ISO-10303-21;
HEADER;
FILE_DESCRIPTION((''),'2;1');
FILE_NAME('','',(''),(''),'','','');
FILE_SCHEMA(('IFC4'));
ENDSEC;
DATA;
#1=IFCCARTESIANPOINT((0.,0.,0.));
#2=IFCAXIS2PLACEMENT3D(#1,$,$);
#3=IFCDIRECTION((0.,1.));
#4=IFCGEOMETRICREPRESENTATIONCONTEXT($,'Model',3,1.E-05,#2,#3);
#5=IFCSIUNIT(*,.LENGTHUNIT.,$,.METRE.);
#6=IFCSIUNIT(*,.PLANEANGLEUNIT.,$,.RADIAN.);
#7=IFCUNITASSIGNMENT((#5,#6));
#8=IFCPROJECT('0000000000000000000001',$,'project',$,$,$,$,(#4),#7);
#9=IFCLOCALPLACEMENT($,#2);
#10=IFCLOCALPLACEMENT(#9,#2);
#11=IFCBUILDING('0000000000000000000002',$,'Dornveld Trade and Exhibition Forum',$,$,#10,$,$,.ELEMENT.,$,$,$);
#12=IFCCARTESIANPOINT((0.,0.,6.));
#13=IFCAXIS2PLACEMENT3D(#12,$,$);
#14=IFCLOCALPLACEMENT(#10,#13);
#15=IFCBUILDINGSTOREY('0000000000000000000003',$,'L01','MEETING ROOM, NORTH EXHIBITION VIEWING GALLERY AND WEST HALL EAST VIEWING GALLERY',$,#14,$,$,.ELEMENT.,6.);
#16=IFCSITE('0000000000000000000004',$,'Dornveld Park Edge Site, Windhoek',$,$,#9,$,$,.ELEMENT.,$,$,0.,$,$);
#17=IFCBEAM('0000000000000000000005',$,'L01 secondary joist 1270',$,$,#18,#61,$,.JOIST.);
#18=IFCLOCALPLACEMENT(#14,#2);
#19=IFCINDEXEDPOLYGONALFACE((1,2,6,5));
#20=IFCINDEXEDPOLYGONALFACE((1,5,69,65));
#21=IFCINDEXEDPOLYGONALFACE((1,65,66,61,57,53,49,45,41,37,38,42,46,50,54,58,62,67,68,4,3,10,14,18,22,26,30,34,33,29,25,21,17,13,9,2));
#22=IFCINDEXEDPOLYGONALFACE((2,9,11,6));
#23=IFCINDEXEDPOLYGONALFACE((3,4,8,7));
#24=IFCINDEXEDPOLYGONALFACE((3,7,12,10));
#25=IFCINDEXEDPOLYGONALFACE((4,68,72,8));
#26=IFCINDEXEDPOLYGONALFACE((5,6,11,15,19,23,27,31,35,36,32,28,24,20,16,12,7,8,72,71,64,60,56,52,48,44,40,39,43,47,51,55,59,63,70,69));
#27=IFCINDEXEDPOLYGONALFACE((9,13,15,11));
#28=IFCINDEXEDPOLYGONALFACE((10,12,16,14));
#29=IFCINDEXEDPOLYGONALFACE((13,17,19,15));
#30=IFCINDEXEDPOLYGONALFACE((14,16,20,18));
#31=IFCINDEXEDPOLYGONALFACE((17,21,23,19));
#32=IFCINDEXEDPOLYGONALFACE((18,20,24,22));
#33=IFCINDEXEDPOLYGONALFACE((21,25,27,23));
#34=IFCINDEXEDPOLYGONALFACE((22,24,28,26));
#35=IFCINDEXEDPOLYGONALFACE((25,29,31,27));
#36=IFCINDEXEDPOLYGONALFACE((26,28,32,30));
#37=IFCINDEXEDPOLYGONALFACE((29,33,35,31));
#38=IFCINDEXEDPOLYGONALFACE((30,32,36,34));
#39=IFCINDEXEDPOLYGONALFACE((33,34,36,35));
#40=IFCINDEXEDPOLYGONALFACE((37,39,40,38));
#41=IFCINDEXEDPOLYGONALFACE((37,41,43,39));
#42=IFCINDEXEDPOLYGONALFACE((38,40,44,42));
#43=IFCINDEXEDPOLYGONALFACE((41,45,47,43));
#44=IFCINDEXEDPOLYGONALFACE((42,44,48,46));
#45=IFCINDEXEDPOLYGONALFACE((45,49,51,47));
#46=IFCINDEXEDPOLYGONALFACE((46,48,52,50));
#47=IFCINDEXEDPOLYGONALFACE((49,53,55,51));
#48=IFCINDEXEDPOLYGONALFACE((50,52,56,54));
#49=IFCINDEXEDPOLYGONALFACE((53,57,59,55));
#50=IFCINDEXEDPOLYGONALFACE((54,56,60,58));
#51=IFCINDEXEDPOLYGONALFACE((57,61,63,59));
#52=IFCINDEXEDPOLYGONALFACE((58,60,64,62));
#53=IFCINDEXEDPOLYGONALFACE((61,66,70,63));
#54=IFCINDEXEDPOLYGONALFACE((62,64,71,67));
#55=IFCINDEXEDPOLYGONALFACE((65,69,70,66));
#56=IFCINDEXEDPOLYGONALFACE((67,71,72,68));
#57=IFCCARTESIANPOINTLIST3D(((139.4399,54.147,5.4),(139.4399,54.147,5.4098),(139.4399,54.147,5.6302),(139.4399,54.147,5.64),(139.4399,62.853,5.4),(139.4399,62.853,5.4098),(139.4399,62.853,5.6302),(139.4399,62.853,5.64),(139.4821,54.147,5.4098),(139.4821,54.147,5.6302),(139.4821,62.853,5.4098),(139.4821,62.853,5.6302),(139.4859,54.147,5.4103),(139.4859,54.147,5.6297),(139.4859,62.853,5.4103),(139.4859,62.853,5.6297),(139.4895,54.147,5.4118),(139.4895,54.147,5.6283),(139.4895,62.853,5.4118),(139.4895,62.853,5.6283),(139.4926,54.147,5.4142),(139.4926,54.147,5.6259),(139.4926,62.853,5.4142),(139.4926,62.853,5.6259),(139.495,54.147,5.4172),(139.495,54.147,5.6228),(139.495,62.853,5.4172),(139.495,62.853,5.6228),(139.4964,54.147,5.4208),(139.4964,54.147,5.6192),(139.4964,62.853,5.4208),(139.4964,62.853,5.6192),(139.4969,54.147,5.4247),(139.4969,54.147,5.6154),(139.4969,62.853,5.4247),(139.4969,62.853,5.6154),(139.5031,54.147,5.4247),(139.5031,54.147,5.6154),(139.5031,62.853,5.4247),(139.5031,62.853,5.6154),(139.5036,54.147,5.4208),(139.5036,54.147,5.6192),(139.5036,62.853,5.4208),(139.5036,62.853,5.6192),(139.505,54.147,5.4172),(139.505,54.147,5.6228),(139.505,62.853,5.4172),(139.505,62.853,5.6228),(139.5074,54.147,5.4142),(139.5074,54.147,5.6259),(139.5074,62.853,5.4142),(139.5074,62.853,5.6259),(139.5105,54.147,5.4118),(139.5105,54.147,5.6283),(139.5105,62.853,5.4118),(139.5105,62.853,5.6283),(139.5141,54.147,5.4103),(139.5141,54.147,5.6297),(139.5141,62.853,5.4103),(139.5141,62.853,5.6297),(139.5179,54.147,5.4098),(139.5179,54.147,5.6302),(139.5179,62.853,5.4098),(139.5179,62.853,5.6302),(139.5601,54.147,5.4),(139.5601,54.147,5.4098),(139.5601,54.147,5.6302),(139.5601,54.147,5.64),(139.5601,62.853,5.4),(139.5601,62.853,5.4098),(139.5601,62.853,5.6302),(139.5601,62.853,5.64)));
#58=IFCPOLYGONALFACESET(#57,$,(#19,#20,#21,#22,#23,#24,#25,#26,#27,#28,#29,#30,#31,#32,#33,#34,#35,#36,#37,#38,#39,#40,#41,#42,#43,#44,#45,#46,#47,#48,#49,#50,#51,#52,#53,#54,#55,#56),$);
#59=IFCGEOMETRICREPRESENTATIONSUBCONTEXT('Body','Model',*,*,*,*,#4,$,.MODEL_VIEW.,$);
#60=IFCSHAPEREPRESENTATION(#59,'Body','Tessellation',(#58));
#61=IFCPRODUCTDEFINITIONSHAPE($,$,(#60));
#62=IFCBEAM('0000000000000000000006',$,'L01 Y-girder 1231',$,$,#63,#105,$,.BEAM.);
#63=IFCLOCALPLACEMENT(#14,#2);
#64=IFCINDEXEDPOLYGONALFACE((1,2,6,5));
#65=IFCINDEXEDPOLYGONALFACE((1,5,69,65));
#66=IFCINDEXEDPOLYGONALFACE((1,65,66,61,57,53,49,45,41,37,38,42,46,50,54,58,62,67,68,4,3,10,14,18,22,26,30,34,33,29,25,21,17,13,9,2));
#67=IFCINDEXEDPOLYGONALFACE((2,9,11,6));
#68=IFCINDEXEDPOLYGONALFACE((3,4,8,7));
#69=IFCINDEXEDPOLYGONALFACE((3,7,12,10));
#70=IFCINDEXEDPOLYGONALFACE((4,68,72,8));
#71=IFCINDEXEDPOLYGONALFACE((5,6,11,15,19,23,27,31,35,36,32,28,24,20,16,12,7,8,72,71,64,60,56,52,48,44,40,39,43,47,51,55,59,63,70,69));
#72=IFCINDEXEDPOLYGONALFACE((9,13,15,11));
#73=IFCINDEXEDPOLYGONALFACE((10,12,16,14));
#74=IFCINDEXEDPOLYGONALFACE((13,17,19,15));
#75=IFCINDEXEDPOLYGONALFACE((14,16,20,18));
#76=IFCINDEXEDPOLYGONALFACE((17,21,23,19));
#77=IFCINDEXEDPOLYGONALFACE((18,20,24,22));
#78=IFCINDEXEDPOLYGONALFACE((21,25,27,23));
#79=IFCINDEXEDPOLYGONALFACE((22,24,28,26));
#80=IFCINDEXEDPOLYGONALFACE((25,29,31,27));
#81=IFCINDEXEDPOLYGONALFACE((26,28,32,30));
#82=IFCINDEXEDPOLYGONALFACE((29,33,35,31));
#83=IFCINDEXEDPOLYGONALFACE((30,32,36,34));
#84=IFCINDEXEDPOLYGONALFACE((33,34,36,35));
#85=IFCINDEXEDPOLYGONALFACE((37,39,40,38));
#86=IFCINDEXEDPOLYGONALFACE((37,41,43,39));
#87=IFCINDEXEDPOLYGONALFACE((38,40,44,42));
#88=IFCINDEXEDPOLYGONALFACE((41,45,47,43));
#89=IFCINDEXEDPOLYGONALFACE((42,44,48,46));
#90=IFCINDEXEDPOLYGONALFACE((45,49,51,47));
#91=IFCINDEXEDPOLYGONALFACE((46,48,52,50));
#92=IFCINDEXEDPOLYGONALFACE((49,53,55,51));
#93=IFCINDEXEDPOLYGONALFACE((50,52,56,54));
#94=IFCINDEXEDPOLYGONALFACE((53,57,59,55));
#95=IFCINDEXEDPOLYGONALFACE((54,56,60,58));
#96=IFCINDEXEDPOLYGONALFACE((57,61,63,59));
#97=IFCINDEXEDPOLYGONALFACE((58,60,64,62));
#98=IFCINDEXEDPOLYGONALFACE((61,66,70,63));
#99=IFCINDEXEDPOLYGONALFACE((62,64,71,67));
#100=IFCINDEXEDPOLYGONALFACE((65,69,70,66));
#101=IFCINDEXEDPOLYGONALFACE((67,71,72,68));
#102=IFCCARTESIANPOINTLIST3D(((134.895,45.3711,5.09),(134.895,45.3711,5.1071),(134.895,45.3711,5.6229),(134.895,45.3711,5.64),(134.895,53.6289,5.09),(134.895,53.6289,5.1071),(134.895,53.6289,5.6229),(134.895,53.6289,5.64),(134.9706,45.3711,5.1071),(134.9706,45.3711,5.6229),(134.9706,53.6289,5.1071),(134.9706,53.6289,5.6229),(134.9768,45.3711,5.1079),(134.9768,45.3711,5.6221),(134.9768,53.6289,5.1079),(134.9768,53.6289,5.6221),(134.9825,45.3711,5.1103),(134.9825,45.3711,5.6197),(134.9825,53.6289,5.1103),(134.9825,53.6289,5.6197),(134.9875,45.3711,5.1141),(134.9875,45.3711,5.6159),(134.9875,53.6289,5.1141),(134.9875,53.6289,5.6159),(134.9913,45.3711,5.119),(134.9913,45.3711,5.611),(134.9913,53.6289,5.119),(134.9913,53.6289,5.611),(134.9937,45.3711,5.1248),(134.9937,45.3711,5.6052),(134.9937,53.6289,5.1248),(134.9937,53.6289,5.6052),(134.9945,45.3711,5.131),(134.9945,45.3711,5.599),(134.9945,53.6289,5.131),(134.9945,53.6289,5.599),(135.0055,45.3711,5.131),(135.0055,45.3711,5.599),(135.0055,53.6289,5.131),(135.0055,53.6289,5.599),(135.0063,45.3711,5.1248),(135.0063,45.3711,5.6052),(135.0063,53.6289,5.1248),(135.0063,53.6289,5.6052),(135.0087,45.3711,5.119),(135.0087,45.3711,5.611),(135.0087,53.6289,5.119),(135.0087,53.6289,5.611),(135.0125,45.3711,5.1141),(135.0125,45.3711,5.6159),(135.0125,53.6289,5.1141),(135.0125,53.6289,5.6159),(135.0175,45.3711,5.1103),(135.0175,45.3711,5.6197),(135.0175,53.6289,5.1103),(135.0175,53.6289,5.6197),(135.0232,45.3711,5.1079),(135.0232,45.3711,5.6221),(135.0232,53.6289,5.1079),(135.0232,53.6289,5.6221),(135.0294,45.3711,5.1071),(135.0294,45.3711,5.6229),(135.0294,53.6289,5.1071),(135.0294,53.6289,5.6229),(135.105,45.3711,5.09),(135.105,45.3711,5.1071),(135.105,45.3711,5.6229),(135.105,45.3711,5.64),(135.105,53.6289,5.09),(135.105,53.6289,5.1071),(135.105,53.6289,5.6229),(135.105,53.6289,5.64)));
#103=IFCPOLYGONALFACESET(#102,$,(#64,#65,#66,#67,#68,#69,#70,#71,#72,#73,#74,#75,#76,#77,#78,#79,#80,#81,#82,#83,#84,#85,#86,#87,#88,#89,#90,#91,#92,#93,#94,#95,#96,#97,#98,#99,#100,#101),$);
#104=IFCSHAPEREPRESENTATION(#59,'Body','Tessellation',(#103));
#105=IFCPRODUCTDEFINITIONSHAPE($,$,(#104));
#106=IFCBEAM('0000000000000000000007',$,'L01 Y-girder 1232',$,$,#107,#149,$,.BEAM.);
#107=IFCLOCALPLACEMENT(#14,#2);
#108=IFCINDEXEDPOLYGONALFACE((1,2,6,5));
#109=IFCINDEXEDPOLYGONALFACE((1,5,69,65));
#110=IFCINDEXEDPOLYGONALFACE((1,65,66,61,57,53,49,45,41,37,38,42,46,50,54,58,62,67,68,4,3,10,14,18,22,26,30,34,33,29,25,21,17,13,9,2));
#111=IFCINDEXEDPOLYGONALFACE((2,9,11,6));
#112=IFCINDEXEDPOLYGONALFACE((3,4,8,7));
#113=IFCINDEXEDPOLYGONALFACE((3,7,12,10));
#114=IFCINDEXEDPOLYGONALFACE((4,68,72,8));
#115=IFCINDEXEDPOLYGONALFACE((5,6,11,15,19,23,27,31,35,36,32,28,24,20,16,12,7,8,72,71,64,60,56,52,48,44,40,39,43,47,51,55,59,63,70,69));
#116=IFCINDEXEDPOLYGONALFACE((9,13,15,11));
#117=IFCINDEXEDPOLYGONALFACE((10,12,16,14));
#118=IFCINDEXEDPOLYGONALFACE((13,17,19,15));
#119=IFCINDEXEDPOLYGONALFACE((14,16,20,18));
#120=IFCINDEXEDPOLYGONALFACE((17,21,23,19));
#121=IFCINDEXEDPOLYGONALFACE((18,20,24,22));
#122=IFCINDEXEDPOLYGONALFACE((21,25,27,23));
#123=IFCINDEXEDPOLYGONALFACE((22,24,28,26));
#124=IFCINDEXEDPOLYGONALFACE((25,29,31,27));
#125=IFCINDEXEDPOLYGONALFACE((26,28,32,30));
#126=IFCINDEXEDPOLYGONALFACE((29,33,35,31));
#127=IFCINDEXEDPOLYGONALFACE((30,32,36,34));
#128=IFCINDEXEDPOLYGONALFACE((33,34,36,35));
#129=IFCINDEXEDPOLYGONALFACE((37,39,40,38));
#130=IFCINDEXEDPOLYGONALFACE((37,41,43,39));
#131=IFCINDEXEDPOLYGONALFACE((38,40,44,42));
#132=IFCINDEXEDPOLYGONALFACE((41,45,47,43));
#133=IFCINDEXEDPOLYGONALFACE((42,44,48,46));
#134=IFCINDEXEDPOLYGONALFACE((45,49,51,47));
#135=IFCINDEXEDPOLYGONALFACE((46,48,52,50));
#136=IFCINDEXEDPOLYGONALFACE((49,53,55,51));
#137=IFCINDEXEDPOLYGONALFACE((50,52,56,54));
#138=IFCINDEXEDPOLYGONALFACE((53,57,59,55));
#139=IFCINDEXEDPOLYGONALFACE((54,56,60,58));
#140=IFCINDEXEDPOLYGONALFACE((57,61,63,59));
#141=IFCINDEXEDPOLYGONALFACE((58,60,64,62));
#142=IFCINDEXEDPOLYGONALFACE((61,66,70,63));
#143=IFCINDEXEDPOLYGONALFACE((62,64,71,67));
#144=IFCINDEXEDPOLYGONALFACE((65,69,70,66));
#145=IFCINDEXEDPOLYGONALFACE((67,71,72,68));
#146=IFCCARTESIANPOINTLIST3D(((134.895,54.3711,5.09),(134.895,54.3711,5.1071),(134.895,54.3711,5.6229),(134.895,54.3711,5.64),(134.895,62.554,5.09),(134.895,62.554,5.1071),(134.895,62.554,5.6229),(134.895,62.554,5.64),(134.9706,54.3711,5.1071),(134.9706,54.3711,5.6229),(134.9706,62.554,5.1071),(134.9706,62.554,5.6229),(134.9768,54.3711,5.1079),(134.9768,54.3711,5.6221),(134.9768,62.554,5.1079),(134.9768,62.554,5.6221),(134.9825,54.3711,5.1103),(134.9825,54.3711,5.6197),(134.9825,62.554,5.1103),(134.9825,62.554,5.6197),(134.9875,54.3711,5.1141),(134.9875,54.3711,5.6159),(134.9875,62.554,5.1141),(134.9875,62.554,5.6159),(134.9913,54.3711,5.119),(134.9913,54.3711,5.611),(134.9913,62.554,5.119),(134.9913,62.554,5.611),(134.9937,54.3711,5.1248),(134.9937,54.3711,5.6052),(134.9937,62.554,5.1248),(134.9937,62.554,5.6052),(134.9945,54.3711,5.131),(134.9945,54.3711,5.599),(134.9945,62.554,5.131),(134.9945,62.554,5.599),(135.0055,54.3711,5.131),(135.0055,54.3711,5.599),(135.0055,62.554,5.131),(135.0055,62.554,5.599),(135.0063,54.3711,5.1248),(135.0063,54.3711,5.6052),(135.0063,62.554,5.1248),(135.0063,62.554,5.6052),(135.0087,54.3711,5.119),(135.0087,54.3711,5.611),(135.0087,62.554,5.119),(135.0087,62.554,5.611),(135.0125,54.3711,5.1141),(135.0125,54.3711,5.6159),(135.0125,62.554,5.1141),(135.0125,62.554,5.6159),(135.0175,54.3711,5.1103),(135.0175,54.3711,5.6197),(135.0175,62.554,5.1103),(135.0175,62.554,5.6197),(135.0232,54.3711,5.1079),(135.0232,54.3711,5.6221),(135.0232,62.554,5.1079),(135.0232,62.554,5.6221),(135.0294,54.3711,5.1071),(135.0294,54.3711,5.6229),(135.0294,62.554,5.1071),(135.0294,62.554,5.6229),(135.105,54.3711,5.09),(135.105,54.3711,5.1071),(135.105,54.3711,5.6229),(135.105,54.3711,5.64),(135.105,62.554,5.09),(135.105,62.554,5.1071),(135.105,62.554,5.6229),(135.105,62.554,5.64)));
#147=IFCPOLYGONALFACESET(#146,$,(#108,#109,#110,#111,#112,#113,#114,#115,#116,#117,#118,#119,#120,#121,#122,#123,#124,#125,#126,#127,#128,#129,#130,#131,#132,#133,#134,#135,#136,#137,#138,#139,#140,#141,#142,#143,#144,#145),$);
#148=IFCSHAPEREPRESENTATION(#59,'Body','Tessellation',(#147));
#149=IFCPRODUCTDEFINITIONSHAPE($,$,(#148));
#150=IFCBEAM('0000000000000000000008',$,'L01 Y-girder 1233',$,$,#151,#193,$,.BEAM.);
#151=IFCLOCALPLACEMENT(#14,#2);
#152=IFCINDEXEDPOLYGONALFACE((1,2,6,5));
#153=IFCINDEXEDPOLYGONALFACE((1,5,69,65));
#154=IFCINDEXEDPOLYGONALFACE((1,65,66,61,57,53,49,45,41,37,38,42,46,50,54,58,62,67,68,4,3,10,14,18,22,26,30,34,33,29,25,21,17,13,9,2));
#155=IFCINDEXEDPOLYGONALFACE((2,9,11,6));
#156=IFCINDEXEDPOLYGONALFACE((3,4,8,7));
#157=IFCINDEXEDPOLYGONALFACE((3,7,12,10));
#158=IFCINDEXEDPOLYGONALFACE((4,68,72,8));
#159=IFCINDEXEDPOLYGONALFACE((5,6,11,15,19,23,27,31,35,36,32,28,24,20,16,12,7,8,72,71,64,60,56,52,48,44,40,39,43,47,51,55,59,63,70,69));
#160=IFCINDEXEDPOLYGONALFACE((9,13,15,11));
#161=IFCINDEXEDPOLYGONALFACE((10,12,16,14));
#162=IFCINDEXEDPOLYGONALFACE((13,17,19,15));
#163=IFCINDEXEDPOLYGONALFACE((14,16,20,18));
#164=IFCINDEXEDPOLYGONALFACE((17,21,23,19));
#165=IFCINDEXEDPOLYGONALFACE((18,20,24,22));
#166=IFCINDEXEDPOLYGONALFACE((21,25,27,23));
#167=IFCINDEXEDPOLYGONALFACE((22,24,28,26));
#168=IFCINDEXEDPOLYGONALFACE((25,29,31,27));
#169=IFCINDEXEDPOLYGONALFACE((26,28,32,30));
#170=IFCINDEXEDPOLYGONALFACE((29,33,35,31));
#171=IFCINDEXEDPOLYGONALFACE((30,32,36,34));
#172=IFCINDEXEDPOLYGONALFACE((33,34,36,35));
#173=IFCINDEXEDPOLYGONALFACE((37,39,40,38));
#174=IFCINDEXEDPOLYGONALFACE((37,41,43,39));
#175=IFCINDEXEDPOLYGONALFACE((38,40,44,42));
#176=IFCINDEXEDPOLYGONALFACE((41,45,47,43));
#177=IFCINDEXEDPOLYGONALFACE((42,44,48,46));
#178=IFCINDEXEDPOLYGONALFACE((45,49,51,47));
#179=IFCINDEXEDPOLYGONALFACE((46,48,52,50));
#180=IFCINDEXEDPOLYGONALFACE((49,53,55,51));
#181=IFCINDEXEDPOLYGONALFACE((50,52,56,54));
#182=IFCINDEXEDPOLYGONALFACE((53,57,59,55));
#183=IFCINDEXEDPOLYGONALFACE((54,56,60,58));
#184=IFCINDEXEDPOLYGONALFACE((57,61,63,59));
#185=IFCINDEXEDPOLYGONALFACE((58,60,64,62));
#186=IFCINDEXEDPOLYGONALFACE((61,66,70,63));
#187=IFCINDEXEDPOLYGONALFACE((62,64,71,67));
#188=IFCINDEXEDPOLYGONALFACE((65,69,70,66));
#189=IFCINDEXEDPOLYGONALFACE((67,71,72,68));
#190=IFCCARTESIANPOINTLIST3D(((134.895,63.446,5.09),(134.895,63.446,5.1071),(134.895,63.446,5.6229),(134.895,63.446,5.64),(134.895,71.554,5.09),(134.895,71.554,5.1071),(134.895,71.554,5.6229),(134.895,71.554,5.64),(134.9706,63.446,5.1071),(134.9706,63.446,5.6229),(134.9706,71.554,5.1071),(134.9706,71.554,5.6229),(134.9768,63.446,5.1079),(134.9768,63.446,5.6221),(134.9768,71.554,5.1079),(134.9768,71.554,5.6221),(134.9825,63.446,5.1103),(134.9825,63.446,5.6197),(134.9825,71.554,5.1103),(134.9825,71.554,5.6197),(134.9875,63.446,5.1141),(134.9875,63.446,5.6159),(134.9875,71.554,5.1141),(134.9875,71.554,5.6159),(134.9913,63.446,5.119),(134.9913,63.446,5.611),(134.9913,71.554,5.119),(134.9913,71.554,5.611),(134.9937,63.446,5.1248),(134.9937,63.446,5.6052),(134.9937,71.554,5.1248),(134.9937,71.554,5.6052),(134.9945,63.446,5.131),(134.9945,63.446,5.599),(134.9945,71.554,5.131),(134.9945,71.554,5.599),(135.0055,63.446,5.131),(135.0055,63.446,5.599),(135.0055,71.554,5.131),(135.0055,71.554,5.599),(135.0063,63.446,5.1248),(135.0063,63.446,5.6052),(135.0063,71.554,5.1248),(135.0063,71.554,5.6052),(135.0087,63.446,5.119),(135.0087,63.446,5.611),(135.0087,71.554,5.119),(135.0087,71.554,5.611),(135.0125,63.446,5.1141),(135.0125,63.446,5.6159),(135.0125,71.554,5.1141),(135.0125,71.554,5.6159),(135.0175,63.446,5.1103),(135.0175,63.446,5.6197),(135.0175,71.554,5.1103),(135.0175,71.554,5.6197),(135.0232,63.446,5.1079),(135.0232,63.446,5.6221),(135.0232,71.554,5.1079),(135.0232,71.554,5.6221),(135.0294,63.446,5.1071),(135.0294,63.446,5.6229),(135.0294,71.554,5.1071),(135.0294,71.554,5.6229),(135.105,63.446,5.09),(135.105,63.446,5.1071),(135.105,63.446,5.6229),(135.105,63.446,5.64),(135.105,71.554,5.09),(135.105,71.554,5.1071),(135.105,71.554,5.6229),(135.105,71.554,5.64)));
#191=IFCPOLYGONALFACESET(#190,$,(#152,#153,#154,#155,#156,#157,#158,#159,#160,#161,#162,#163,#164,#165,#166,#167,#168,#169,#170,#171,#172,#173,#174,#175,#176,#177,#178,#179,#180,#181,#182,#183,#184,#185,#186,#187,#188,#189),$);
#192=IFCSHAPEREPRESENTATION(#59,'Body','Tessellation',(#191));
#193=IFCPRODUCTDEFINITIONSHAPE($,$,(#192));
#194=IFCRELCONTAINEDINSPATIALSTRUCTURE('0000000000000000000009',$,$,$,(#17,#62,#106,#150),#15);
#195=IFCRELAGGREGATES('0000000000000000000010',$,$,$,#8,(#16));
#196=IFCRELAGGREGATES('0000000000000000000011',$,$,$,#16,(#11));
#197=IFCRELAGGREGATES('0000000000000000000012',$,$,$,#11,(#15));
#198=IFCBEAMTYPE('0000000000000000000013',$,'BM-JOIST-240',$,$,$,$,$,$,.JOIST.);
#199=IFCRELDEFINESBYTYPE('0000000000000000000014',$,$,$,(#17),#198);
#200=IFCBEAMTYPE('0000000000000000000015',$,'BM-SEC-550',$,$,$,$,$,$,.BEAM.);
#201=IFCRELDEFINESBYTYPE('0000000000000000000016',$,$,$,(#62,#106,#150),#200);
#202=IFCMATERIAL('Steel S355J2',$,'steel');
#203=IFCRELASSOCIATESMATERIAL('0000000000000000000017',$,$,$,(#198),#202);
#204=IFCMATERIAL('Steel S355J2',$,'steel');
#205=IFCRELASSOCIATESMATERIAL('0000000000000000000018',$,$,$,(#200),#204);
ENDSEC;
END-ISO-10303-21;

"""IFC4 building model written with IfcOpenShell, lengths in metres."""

from ifc_helpers import new_model, si_unit, direction, frame, origin, origin_2d, place, context, subcontext, project, spatial, i_section, extrude, material, material_profile, profile_set, type_object, element, save


model = new_model("IFC4")

# Units and contexts
model_context = context("Model", 3, precision=1e-05, world=origin(), true_north=direction((0.0, 1.0)))
body_context = subcontext(model_context, "Body", "Model", "MODEL_VIEW")
ifc_project = project(units=[si_unit("LENGTHUNIT", "METRE"), si_unit("PLANEANGLEUNIT", "RADIAN")], contexts=[model_context])

# Site, building, storey
site_placement = place(None, origin())
site = spatial("IfcSite", under=ifc_project, at=site_placement, Name="Dornveld Park Edge Site, Windhoek", CompositionType="ELEMENT", RefElevation=0.0)
building_placement = place(site_placement, origin())
building = spatial("IfcBuilding", under=site, at=building_placement, Name="Dornveld Trade and Exhibition Forum", CompositionType="ELEMENT")
storey_placement = place(building_placement, frame((0.0, 0.0, 6.0)))
storey = spatial("IfcBuildingStorey", under=building, at=storey_placement, Name="L01", Description="MEETING ROOM, NORTH EXHIBITION VIEWING GALLERY AND WEST HALL EAST VIEWING GALLERY", CompositionType="ELEMENT", Elevation=6.0)

# Beams
ifc_material_1 = material(Name="Steel S355J2", Category="steel")
ifc_material_profile_1 = material_profile(ifc_material_1, i_section(OverallWidth=0.1201, OverallDepth=0.24, WebThickness=0.0061, FlangeThickness=0.0098, FilletRadius=0.0149, at=origin_2d()), Name="IPE 240")
ifc_profile_set_1 = profile_set([ifc_material_profile_1], Name="Steel S355J2")
beam_type_1 = type_object("IfcBeamType", Name="BM-JOIST-240", PredefinedType="JOIST", material=ifc_profile_set_1)
for number, where, z_axis, x_axis, name in (
    (1, (139.5, 54.147, 5.52), (0.0, 1.0, 0.0), (-1.0, 0.0, 0.0), "L01 secondary joist 1270"),
):
    element("IfcBeam", number, at=place(storey_placement, frame(where, z_axis=z_axis, x_axis=x_axis)), inside=storey, type_object=beam_type_1, Name=name, PredefinedType="JOIST", context=body_context, shape_type="SweptSolid", body=[
        extrude(i_section(OverallWidth=0.1201, OverallDepth=0.24, WebThickness=0.0061, FlangeThickness=0.0098, FilletRadius=0.0149, at=origin_2d()), origin(), (0.0, 0.0, 1.0), 8.7061),
    ])
ifc_material_2 = material(Name="Steel S355J2", Category="steel")
ifc_material_profile_2 = material_profile(ifc_material_2, i_section(OverallWidth=0.21, OverallDepth=0.55, WebThickness=0.011, FlangeThickness=0.0171, FilletRadius=0.0239, at=origin_2d()), Name="IPE 550")
ifc_profile_set_2 = profile_set([ifc_material_profile_2], Name="Steel S355J2")
beam_type_2 = type_object("IfcBeamType", Name="BM-SEC-550", PredefinedType="BEAM", material=ifc_profile_set_2)
beam_1_placement = place(storey_placement, frame((135.0, 45.3711, 5.365), z_axis=(0.0, 1.0, 0.0), x_axis=(-1.0, 0.0, 0.0)))
element("IfcBeam", 2, at=beam_1_placement, inside=storey, type_object=beam_type_2, Name="L01 Y-girder 1231", PredefinedType="BEAM", context=body_context, shape_type="SweptSolid", body=[
    extrude(i_section(OverallWidth=0.21, OverallDepth=0.55, WebThickness=0.011, FlangeThickness=0.0171, FilletRadius=0.0239, at=origin_2d()), origin(), (0.0, 0.0, 1.0), 8.2578),
])
beam_2_placement = place(storey_placement, frame((135.0, 54.3711, 5.365), z_axis=(0.0, 1.0, 0.0), x_axis=(-1.0, 0.0, 0.0)))
element("IfcBeam", 3, at=beam_2_placement, inside=storey, type_object=beam_type_2, Name="L01 Y-girder 1232", PredefinedType="BEAM", context=body_context, shape_type="SweptSolid", body=[
    extrude(i_section(OverallWidth=0.21, OverallDepth=0.55, WebThickness=0.011, FlangeThickness=0.0171, FilletRadius=0.0239, at=origin_2d()), origin(), (0.0, 0.0, 1.0), 8.1829),
])
for number, where, z_axis, x_axis, name in (
    (4, (135.0, 63.446, 5.365), (0.0, 1.0, 0.0), (-1.0, 0.0, 0.0), "L01 Y-girder 1233"),
):
    element("IfcBeam", number, at=place(storey_placement, frame(where, z_axis=z_axis, x_axis=x_axis)), inside=storey, type_object=beam_type_2, Name=name, PredefinedType="BEAM", context=body_context, shape_type="SweptSolid", body=[
        extrude(i_section(OverallWidth=0.21, OverallDepth=0.55, WebThickness=0.011, FlangeThickness=0.0171, FilletRadius=0.0239, at=origin_2d()), origin(), (0.0, 0.0, 1.0), 8.1079),
    ])

save(model, "model.ifc")
